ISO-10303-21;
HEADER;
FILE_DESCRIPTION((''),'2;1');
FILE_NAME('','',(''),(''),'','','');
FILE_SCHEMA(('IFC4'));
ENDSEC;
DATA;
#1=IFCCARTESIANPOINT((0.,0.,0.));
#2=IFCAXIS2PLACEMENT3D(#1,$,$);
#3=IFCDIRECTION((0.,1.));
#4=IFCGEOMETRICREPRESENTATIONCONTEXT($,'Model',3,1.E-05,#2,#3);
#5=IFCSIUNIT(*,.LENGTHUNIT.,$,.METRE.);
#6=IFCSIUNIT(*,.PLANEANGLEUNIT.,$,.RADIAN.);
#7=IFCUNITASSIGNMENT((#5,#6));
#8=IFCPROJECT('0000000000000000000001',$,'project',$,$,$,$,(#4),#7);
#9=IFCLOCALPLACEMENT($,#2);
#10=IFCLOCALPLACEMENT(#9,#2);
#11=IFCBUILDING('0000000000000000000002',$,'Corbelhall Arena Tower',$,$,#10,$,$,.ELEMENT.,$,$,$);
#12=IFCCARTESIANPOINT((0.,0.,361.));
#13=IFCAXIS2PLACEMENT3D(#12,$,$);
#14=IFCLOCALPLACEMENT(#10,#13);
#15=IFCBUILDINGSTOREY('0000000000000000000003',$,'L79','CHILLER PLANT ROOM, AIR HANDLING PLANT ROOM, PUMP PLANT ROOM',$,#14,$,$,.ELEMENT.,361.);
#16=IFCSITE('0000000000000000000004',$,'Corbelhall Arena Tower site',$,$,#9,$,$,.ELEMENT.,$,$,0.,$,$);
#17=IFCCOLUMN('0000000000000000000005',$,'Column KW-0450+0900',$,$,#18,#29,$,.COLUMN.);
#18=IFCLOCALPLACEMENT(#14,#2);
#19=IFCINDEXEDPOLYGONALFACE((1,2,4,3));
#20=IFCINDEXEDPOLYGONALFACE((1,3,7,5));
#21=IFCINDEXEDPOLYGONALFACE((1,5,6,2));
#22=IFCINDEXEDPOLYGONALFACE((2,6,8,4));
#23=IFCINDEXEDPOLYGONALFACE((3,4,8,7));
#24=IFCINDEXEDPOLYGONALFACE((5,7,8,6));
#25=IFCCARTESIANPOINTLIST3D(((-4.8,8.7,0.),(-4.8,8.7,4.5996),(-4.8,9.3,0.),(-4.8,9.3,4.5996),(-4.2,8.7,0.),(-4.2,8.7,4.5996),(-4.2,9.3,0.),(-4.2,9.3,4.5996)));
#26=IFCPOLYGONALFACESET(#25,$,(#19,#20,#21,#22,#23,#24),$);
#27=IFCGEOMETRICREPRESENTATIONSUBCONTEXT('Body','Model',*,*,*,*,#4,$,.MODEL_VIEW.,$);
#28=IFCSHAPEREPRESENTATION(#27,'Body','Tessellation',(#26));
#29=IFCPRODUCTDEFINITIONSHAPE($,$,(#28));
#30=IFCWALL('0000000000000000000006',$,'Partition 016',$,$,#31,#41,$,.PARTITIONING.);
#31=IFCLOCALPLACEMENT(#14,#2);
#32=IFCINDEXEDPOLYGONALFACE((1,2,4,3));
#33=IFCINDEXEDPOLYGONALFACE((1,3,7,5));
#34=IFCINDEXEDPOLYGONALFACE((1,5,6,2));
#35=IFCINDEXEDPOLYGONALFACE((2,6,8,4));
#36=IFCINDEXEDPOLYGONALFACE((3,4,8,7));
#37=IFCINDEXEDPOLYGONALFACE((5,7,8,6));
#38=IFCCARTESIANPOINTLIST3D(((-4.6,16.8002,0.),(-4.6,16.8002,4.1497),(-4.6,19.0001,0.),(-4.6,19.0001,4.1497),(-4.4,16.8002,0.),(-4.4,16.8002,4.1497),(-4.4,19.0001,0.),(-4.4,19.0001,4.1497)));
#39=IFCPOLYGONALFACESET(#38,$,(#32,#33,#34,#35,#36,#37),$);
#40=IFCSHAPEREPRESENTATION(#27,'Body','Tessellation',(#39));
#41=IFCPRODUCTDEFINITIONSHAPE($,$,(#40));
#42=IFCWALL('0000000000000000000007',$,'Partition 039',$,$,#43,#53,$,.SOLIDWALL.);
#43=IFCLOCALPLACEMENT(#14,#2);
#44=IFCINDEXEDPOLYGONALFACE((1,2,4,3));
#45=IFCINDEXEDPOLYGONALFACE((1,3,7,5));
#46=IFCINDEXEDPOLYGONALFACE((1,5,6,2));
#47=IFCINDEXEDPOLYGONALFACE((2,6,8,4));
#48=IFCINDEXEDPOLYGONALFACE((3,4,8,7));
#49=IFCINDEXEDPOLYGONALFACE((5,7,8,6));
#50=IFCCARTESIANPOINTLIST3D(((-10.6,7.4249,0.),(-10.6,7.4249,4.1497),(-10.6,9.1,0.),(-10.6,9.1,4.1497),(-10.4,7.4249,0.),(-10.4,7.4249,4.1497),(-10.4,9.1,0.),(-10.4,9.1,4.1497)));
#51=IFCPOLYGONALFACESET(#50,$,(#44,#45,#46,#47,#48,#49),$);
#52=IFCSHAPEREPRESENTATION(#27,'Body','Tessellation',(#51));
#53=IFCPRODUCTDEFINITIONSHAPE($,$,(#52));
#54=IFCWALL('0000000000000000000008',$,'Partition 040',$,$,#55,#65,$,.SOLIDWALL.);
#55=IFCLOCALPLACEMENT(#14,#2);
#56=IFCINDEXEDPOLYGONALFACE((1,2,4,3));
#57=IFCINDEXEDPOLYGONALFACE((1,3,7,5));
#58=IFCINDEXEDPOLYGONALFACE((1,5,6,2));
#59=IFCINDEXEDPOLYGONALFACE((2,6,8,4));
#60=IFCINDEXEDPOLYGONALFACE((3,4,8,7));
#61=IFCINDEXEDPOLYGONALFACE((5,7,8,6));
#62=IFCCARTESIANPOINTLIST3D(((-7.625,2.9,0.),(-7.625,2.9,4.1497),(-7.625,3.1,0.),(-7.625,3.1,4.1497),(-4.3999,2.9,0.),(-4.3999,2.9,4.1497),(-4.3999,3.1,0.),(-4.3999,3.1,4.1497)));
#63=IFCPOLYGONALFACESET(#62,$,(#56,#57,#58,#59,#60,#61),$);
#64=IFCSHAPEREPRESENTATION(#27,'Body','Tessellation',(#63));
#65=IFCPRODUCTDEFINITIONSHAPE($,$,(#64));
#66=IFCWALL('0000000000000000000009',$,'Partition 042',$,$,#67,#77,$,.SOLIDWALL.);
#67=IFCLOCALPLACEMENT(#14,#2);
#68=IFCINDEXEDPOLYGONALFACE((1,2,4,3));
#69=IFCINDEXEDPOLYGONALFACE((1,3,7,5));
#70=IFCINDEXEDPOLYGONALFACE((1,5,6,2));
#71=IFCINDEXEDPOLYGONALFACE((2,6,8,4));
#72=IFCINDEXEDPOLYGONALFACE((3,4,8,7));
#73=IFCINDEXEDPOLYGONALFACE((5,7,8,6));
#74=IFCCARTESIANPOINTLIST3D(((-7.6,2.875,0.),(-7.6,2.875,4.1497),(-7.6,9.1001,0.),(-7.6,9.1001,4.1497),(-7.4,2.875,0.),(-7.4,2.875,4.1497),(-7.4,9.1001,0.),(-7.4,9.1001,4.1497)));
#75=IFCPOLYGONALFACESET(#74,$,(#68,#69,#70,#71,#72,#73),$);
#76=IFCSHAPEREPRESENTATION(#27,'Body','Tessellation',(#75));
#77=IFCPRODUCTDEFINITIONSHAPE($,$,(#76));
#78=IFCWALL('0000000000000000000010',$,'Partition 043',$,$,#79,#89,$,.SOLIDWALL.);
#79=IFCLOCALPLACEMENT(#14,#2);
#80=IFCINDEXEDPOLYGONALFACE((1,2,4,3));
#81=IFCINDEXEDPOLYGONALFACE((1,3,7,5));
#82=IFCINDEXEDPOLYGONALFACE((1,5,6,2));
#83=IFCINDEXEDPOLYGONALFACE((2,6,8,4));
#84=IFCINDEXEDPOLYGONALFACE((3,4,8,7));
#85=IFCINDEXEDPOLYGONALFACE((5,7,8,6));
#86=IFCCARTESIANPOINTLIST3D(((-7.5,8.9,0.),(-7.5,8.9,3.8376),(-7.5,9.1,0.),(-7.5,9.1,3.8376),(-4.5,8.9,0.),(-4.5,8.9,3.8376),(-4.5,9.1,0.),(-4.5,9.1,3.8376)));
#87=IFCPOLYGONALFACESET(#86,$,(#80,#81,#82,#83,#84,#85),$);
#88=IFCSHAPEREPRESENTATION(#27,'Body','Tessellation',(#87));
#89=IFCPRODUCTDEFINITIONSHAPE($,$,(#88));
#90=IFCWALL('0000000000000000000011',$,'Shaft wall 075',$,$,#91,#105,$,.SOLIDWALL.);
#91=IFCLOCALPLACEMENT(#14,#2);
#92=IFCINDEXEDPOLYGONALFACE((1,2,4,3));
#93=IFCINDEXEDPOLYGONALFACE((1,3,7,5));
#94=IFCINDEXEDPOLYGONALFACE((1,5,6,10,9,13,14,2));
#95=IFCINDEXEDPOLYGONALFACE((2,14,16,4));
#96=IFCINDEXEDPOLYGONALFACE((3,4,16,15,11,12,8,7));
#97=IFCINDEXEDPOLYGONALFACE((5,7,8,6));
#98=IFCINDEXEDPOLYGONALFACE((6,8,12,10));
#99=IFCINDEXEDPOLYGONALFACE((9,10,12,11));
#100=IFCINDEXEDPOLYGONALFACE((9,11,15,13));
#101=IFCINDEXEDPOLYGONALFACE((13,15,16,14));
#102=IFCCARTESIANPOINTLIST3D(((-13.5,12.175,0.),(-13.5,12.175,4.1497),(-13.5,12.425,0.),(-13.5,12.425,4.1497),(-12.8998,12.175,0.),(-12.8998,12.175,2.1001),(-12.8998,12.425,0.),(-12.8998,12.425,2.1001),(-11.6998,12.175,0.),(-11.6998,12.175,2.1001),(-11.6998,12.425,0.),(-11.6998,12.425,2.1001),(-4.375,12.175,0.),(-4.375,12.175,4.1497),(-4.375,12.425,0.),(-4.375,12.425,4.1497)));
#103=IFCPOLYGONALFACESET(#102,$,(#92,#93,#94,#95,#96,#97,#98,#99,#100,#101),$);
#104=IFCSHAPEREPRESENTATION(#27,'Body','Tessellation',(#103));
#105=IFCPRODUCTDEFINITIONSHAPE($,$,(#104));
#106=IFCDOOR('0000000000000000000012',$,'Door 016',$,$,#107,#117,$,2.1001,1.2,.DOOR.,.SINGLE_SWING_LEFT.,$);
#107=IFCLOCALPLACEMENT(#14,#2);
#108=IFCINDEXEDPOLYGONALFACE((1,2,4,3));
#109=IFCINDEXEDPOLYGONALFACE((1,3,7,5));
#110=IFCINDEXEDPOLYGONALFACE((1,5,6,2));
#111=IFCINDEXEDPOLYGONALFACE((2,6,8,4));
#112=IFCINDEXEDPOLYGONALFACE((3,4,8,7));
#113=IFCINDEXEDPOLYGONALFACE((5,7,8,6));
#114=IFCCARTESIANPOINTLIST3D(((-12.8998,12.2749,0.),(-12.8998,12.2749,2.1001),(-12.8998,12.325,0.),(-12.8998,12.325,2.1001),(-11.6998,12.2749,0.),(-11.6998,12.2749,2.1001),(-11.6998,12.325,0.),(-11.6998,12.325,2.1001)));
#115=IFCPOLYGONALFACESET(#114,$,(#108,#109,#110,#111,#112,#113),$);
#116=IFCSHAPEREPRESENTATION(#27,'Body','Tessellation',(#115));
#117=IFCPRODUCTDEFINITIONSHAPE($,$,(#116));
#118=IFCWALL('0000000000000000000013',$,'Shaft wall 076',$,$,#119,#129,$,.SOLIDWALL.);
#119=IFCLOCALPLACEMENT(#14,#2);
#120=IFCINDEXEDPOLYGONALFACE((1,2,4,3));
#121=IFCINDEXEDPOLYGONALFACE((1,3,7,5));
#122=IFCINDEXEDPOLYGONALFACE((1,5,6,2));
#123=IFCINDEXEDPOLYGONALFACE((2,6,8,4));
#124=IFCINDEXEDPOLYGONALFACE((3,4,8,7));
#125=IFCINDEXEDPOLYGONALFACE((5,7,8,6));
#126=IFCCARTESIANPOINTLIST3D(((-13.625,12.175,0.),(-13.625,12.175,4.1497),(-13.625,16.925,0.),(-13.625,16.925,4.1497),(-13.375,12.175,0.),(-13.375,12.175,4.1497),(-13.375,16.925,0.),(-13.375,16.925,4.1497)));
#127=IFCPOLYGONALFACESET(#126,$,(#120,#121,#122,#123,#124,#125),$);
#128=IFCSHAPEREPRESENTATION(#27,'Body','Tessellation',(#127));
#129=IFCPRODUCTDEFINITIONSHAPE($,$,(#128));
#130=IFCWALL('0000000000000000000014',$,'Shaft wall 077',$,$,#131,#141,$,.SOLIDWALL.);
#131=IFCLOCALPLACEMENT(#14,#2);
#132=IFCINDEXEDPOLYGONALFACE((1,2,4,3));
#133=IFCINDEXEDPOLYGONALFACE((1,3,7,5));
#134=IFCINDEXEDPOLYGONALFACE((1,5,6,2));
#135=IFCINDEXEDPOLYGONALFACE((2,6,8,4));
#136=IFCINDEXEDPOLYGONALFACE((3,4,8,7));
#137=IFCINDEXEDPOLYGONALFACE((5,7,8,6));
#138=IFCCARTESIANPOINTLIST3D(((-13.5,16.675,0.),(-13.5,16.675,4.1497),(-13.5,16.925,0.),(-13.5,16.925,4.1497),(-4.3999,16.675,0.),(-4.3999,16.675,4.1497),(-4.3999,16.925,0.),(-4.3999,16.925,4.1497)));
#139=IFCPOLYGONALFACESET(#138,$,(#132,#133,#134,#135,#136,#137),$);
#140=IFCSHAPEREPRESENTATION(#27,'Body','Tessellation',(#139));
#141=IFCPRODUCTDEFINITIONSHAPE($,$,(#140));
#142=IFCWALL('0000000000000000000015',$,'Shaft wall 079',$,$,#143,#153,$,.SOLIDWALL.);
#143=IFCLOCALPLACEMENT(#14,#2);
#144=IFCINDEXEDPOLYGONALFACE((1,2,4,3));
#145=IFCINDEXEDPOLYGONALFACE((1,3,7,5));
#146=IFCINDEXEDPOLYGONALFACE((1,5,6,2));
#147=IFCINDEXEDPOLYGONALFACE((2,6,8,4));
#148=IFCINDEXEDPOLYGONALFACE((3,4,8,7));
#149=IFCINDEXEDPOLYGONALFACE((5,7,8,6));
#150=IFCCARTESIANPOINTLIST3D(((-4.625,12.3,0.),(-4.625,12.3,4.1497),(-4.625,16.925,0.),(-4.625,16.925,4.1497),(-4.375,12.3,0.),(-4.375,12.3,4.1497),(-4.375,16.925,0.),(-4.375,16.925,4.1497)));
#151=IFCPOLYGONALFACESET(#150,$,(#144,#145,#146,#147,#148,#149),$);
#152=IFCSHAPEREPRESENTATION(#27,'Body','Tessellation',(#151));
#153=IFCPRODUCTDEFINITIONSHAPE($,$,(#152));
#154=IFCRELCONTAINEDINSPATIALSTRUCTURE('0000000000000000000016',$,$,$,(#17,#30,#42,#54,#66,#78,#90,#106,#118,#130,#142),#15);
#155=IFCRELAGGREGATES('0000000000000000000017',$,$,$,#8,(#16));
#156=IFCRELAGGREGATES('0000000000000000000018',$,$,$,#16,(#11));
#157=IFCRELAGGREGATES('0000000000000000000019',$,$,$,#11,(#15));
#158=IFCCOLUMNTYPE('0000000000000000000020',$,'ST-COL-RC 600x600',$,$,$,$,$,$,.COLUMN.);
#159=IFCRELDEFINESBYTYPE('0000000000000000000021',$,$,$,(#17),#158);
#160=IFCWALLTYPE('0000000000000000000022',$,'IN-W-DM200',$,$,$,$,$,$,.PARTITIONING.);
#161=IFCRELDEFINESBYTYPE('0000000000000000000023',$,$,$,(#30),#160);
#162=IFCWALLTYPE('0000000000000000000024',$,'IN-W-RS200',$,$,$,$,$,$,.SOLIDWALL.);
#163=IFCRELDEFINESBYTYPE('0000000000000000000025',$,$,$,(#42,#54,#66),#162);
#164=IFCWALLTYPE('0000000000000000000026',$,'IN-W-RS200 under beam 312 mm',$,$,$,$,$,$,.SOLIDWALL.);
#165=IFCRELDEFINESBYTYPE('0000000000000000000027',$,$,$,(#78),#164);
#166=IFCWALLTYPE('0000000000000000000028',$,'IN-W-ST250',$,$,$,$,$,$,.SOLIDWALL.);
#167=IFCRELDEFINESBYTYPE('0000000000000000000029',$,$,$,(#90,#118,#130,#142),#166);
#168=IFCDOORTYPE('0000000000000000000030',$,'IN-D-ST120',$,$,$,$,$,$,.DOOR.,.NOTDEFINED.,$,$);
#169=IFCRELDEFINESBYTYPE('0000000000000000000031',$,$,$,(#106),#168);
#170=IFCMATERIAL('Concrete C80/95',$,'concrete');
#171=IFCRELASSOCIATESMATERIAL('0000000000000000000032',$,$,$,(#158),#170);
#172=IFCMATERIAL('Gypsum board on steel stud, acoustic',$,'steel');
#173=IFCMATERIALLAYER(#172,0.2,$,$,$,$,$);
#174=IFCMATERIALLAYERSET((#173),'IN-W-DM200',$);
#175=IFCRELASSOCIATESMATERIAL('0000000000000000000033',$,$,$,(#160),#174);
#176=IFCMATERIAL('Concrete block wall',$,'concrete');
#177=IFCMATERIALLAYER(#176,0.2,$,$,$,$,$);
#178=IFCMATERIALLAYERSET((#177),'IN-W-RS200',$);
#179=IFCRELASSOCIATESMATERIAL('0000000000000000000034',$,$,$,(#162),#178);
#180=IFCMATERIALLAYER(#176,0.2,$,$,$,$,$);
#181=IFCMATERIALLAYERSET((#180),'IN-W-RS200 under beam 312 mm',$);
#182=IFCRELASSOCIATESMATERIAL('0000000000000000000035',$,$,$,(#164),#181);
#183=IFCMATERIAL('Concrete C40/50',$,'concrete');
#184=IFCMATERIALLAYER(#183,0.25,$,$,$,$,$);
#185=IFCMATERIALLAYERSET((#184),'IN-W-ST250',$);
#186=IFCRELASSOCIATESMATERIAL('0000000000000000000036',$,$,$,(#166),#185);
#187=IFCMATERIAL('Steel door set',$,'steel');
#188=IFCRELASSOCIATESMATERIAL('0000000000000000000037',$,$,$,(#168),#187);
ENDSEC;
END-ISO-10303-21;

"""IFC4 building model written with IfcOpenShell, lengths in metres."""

from ifc_helpers import new_model, si_unit, direction, frame, frame_2d, origin, origin_2d, place, context, subcontext, project, spatial, rectangle, extrude, material, layer, layer_set, material_profile, profile_set, type_object, element, fill, save


model = new_model("IFC4")

# Units and contexts
model_context = context("Model", 3, precision=1e-05, world=origin(), true_north=direction((0.0, 1.0)))
body_context = subcontext(model_context, "Body", "Model", "MODEL_VIEW")
ifc_project = project(units=[si_unit("LENGTHUNIT", "METRE"), si_unit("PLANEANGLEUNIT", "RADIAN")], contexts=[model_context])

# Site, building, storey
site_placement = place(None, origin())
site = spatial("IfcSite", under=ifc_project, at=site_placement, Name="Corbelhall Arena Tower site", CompositionType="ELEMENT", RefElevation=0.0)
building_placement = place(site_placement, origin())
building = spatial("IfcBuilding", under=site, at=building_placement, Name="Corbelhall Arena Tower", CompositionType="ELEMENT")
storey_placement = place(building_placement, frame((0.0, 0.0, 361.0)))
storey = spatial("IfcBuildingStorey", under=building, at=storey_placement, Name="L79", Description="CHILLER PLANT ROOM, AIR HANDLING PLANT ROOM, PUMP PLANT ROOM", CompositionType="ELEMENT", Elevation=361.0)

# Column
ifc_material_1 = material(Name="Concrete C80/95", Category="concrete")
ifc_material_profile = material_profile(ifc_material_1, rectangle(XDim=0.6001, YDim=0.6001, at=origin_2d()))
ifc_profile_set = profile_set([ifc_material_profile], Name="Concrete C80/95")
column_type = type_object("IfcColumnType", Name="ST-COL-RC 600x600", PredefinedType="COLUMN", material=ifc_profile_set)
column_placement = place(storey_placement, frame((-4.5, 9.0, 0.0), z_axis=(0.0, 0.0, 1.0), x_axis=(1.0, 0.0, 0.0)))
element("IfcColumn", 1, at=column_placement, inside=storey, type_object=column_type, Name="Column KW-0450+0900", PredefinedType="COLUMN", context=body_context, shape_type="SweptSolid", body=[
    extrude(rectangle(XDim=0.6001, YDim=0.6001, at=origin_2d()), origin(), (0.0, 0.0, 1.0), 4.5996),
])

# Walls
ifc_material_2 = material(Name="Gypsum board on steel stud, acoustic", Category="steel")
ifc_layer_1 = layer(ifc_material_2, 0.2)
ifc_layer_set_1 = layer_set([ifc_layer_1], Name="IN-W-DM200")
wall_type_1 = type_object("IfcWallType", Name="IN-W-DM200", PredefinedType="PARTITIONING", material=ifc_layer_set_1)
wall_1_placement = place(storey_placement, frame((-4.5, 16.8, 0.0), z_axis=(0.0, 0.0, 1.0), x_axis=(0.0, 1.0, 0.0)))
element("IfcWall", 2, at=wall_1_placement, inside=storey, type_object=wall_type_1, Name="Partition 016", PredefinedType="PARTITIONING", context=body_context, shape_type="SweptSolid", body=[
    extrude(rectangle(XDim=2.2, YDim=0.2, at=frame_2d((1.1001, 0.0))), origin(), (0.0, 0.0, 1.0), 4.1497),
])
ifc_material_3 = material(Name="Concrete block wall", Category="concrete")
ifc_layer_2 = layer(ifc_material_3, 0.2)
ifc_layer_set_2 = layer_set([ifc_layer_2], Name="IN-W-RS200")
wall_type_2 = type_object("IfcWallType", Name="IN-W-RS200", PredefinedType="SOLIDWALL", material=ifc_layer_set_2)
wall_2_placement = place(storey_placement, frame((-10.5, 7.425, 0.0), z_axis=(0.0, 0.0, 1.0), x_axis=(0.0, 1.0, 0.0)))
element("IfcWall", 3, at=wall_2_placement, inside=storey, type_object=wall_type_2, Name="Partition 039", PredefinedType="SOLIDWALL", context=body_context, shape_type="SweptSolid", body=[
    extrude(rectangle(XDim=1.675, YDim=0.2, at=frame_2d((0.8374, 0.0))), origin(), (0.0, 0.0, 1.0), 4.1497),
])
wall_3_placement = place(storey_placement, frame((-7.625, 3.0, 0.0), z_axis=(0.0, 0.0, 1.0), x_axis=(1.0, 0.0, 0.0)))
element("IfcWall", 4, at=wall_3_placement, inside=storey, type_object=wall_type_2, Name="Partition 040", PredefinedType="SOLIDWALL", context=body_context, shape_type="SweptSolid", body=[
    extrude(rectangle(XDim=3.2251, YDim=0.2, at=frame_2d((1.6125, 0.0))), origin(), (0.0, 0.0, 1.0), 4.1497),
])
wall_4_placement = place(storey_placement, frame((-7.5, 2.875, 0.0), z_axis=(0.0, 0.0, 1.0), x_axis=(0.0, 1.0, 0.0)))
element("IfcWall", 5, at=wall_4_placement, inside=storey, type_object=wall_type_2, Name="Partition 042", PredefinedType="SOLIDWALL", context=body_context, shape_type="SweptSolid", body=[
    extrude(rectangle(XDim=6.2251, YDim=0.2, at=frame_2d((3.1125, 0.0))), origin(), (0.0, 0.0, 1.0), 4.1497),
])

# Shared definitions
ifc_layer_3 = layer(ifc_material_3, 0.2)
ifc_layer_set_3 = layer_set([ifc_layer_3], Name="IN-W-RS200 under beam 312 mm")
wall_type_3 = type_object("IfcWallType", Name="IN-W-RS200 under beam 312 mm", PredefinedType="SOLIDWALL", material=ifc_layer_set_3)
ifc_material_4 = material(Name="Steel door set", Category="steel")

# Wall
wall_5_placement = place(storey_placement, frame((-7.5, 9.0, 0.0), z_axis=(0.0, 0.0, 1.0), x_axis=(1.0, 0.0, 0.0)))
element("IfcWall", 6, at=wall_5_placement, inside=storey, type_object=wall_type_3, Name="Partition 043", PredefinedType="SOLIDWALL", context=body_context, shape_type="SweptSolid", body=[
    extrude(rectangle(XDim=3.0, YDim=0.2, at=frame_2d((1.5, 0.0))), origin(), (0.0, 0.0, 1.0), 3.8376),
])

# Wall, opening, door
ifc_material_5 = material(Name="Concrete C40/50", Category="concrete")
ifc_layer_4 = layer(ifc_material_5, 0.25)
ifc_layer_set_4 = layer_set([ifc_layer_4], Name="IN-W-ST250")
wall_type_4 = type_object("IfcWallType", Name="IN-W-ST250", PredefinedType="SOLIDWALL", material=ifc_layer_set_4)
wall_6_placement = place(storey_placement, frame((-13.5, 12.3, 0.0), z_axis=(0.0, 0.0, 1.0), x_axis=(1.0, 0.0, 0.0)))
wall_6 = element("IfcWall", 7, at=wall_6_placement, inside=storey, type_object=wall_type_4, Name="Shaft wall 075", PredefinedType="SOLIDWALL", context=body_context, shape_type="SweptSolid", body=[
    extrude(rectangle(XDim=9.125, YDim=0.25, at=frame_2d((4.5625, 0.0))), origin(), (0.0, 0.0, 1.0), 4.1497),
])
opening_1_placement = place(wall_6_placement, frame((0.6001, 0.0, 0.0)))
opening_1 = element("IfcOpeningElement", 8, at=opening_1_placement, cuts=wall_6, PredefinedType="OPENING", context=body_context, shape_type="SweptSolid", body=[
    extrude(rectangle(XDim=1.2, YDim=2.1001, at=frame_2d((0.6001, 1.05))), frame((0.0, 0.125, 0.0), z_axis=(0.0, -1.0, 0.0), x_axis=(1.0, 0.0, 0.0)), (0.0, 0.0, 1.0), 0.25),
])
door_type_1 = type_object("IfcDoorType", Name="IN-D-ST120", OperationType="NOTDEFINED", PredefinedType="DOOR", material=ifc_material_4)
door_1_placement = place(opening_1_placement, origin())
door_1 = element("IfcDoor", 9, at=door_1_placement, inside=storey, type_object=door_type_1, Name="Door 016", OperationType="SINGLE_SWING_LEFT", OverallHeight=2.1001, OverallWidth=1.2, PredefinedType="DOOR", context=body_context, shape_type="SweptSolid", body=[
    extrude(rectangle(XDim=1.2, YDim=2.1001, at=frame_2d((0.6001, 1.05))), frame((0.0, 0.0249, 0.0), z_axis=(0.0, -1.0, 0.0), x_axis=(1.0, 0.0, 0.0)), (0.0, 0.0, 1.0), 0.05),
])
fill(opening_1, door_1)

# Walls
wall_7_placement = place(storey_placement, frame((-13.5, 12.175, 0.0), z_axis=(0.0, 0.0, 1.0), x_axis=(0.0, 1.0, 0.0)))
element("IfcWall", 10, at=wall_7_placement, inside=storey, type_object=wall_type_4, Name="Shaft wall 076", PredefinedType="SOLIDWALL", context=body_context, shape_type="SweptSolid", body=[
    extrude(rectangle(XDim=4.75, YDim=0.25, at=frame_2d((2.375, 0.0))), origin(), (0.0, 0.0, 1.0), 4.1497),
])
wall_8_placement = place(storey_placement, frame((-13.5, 16.8, 0.0), z_axis=(0.0, 0.0, 1.0), x_axis=(1.0, 0.0, 0.0)))
element("IfcWall", 11, at=wall_8_placement, inside=storey, type_object=wall_type_4, Name="Shaft wall 077", PredefinedType="SOLIDWALL", context=body_context, shape_type="SweptSolid", body=[
    extrude(rectangle(XDim=9.1001, YDim=0.25, at=frame_2d((4.55, 0.0))), origin(), (0.0, 0.0, 1.0), 4.1497),
])
wall_9_placement = place(storey_placement, frame((-4.5, 16.925, 0.0), z_axis=(0.0, 0.0, 1.0), x_axis=(0.0, -1.0, 0.0)))
element("IfcWall", 12, at=wall_9_placement, inside=storey, type_object=wall_type_4, Name="Shaft wall 079", PredefinedType="SOLIDWALL", context=body_context, shape_type="SweptSolid", body=[
    extrude(rectangle(XDim=4.625, YDim=0.25, at=frame_2d((2.3125, 0.0))), origin(), (0.0, 0.0, 1.0), 4.1497),
])

save(model, "model.ifc")
